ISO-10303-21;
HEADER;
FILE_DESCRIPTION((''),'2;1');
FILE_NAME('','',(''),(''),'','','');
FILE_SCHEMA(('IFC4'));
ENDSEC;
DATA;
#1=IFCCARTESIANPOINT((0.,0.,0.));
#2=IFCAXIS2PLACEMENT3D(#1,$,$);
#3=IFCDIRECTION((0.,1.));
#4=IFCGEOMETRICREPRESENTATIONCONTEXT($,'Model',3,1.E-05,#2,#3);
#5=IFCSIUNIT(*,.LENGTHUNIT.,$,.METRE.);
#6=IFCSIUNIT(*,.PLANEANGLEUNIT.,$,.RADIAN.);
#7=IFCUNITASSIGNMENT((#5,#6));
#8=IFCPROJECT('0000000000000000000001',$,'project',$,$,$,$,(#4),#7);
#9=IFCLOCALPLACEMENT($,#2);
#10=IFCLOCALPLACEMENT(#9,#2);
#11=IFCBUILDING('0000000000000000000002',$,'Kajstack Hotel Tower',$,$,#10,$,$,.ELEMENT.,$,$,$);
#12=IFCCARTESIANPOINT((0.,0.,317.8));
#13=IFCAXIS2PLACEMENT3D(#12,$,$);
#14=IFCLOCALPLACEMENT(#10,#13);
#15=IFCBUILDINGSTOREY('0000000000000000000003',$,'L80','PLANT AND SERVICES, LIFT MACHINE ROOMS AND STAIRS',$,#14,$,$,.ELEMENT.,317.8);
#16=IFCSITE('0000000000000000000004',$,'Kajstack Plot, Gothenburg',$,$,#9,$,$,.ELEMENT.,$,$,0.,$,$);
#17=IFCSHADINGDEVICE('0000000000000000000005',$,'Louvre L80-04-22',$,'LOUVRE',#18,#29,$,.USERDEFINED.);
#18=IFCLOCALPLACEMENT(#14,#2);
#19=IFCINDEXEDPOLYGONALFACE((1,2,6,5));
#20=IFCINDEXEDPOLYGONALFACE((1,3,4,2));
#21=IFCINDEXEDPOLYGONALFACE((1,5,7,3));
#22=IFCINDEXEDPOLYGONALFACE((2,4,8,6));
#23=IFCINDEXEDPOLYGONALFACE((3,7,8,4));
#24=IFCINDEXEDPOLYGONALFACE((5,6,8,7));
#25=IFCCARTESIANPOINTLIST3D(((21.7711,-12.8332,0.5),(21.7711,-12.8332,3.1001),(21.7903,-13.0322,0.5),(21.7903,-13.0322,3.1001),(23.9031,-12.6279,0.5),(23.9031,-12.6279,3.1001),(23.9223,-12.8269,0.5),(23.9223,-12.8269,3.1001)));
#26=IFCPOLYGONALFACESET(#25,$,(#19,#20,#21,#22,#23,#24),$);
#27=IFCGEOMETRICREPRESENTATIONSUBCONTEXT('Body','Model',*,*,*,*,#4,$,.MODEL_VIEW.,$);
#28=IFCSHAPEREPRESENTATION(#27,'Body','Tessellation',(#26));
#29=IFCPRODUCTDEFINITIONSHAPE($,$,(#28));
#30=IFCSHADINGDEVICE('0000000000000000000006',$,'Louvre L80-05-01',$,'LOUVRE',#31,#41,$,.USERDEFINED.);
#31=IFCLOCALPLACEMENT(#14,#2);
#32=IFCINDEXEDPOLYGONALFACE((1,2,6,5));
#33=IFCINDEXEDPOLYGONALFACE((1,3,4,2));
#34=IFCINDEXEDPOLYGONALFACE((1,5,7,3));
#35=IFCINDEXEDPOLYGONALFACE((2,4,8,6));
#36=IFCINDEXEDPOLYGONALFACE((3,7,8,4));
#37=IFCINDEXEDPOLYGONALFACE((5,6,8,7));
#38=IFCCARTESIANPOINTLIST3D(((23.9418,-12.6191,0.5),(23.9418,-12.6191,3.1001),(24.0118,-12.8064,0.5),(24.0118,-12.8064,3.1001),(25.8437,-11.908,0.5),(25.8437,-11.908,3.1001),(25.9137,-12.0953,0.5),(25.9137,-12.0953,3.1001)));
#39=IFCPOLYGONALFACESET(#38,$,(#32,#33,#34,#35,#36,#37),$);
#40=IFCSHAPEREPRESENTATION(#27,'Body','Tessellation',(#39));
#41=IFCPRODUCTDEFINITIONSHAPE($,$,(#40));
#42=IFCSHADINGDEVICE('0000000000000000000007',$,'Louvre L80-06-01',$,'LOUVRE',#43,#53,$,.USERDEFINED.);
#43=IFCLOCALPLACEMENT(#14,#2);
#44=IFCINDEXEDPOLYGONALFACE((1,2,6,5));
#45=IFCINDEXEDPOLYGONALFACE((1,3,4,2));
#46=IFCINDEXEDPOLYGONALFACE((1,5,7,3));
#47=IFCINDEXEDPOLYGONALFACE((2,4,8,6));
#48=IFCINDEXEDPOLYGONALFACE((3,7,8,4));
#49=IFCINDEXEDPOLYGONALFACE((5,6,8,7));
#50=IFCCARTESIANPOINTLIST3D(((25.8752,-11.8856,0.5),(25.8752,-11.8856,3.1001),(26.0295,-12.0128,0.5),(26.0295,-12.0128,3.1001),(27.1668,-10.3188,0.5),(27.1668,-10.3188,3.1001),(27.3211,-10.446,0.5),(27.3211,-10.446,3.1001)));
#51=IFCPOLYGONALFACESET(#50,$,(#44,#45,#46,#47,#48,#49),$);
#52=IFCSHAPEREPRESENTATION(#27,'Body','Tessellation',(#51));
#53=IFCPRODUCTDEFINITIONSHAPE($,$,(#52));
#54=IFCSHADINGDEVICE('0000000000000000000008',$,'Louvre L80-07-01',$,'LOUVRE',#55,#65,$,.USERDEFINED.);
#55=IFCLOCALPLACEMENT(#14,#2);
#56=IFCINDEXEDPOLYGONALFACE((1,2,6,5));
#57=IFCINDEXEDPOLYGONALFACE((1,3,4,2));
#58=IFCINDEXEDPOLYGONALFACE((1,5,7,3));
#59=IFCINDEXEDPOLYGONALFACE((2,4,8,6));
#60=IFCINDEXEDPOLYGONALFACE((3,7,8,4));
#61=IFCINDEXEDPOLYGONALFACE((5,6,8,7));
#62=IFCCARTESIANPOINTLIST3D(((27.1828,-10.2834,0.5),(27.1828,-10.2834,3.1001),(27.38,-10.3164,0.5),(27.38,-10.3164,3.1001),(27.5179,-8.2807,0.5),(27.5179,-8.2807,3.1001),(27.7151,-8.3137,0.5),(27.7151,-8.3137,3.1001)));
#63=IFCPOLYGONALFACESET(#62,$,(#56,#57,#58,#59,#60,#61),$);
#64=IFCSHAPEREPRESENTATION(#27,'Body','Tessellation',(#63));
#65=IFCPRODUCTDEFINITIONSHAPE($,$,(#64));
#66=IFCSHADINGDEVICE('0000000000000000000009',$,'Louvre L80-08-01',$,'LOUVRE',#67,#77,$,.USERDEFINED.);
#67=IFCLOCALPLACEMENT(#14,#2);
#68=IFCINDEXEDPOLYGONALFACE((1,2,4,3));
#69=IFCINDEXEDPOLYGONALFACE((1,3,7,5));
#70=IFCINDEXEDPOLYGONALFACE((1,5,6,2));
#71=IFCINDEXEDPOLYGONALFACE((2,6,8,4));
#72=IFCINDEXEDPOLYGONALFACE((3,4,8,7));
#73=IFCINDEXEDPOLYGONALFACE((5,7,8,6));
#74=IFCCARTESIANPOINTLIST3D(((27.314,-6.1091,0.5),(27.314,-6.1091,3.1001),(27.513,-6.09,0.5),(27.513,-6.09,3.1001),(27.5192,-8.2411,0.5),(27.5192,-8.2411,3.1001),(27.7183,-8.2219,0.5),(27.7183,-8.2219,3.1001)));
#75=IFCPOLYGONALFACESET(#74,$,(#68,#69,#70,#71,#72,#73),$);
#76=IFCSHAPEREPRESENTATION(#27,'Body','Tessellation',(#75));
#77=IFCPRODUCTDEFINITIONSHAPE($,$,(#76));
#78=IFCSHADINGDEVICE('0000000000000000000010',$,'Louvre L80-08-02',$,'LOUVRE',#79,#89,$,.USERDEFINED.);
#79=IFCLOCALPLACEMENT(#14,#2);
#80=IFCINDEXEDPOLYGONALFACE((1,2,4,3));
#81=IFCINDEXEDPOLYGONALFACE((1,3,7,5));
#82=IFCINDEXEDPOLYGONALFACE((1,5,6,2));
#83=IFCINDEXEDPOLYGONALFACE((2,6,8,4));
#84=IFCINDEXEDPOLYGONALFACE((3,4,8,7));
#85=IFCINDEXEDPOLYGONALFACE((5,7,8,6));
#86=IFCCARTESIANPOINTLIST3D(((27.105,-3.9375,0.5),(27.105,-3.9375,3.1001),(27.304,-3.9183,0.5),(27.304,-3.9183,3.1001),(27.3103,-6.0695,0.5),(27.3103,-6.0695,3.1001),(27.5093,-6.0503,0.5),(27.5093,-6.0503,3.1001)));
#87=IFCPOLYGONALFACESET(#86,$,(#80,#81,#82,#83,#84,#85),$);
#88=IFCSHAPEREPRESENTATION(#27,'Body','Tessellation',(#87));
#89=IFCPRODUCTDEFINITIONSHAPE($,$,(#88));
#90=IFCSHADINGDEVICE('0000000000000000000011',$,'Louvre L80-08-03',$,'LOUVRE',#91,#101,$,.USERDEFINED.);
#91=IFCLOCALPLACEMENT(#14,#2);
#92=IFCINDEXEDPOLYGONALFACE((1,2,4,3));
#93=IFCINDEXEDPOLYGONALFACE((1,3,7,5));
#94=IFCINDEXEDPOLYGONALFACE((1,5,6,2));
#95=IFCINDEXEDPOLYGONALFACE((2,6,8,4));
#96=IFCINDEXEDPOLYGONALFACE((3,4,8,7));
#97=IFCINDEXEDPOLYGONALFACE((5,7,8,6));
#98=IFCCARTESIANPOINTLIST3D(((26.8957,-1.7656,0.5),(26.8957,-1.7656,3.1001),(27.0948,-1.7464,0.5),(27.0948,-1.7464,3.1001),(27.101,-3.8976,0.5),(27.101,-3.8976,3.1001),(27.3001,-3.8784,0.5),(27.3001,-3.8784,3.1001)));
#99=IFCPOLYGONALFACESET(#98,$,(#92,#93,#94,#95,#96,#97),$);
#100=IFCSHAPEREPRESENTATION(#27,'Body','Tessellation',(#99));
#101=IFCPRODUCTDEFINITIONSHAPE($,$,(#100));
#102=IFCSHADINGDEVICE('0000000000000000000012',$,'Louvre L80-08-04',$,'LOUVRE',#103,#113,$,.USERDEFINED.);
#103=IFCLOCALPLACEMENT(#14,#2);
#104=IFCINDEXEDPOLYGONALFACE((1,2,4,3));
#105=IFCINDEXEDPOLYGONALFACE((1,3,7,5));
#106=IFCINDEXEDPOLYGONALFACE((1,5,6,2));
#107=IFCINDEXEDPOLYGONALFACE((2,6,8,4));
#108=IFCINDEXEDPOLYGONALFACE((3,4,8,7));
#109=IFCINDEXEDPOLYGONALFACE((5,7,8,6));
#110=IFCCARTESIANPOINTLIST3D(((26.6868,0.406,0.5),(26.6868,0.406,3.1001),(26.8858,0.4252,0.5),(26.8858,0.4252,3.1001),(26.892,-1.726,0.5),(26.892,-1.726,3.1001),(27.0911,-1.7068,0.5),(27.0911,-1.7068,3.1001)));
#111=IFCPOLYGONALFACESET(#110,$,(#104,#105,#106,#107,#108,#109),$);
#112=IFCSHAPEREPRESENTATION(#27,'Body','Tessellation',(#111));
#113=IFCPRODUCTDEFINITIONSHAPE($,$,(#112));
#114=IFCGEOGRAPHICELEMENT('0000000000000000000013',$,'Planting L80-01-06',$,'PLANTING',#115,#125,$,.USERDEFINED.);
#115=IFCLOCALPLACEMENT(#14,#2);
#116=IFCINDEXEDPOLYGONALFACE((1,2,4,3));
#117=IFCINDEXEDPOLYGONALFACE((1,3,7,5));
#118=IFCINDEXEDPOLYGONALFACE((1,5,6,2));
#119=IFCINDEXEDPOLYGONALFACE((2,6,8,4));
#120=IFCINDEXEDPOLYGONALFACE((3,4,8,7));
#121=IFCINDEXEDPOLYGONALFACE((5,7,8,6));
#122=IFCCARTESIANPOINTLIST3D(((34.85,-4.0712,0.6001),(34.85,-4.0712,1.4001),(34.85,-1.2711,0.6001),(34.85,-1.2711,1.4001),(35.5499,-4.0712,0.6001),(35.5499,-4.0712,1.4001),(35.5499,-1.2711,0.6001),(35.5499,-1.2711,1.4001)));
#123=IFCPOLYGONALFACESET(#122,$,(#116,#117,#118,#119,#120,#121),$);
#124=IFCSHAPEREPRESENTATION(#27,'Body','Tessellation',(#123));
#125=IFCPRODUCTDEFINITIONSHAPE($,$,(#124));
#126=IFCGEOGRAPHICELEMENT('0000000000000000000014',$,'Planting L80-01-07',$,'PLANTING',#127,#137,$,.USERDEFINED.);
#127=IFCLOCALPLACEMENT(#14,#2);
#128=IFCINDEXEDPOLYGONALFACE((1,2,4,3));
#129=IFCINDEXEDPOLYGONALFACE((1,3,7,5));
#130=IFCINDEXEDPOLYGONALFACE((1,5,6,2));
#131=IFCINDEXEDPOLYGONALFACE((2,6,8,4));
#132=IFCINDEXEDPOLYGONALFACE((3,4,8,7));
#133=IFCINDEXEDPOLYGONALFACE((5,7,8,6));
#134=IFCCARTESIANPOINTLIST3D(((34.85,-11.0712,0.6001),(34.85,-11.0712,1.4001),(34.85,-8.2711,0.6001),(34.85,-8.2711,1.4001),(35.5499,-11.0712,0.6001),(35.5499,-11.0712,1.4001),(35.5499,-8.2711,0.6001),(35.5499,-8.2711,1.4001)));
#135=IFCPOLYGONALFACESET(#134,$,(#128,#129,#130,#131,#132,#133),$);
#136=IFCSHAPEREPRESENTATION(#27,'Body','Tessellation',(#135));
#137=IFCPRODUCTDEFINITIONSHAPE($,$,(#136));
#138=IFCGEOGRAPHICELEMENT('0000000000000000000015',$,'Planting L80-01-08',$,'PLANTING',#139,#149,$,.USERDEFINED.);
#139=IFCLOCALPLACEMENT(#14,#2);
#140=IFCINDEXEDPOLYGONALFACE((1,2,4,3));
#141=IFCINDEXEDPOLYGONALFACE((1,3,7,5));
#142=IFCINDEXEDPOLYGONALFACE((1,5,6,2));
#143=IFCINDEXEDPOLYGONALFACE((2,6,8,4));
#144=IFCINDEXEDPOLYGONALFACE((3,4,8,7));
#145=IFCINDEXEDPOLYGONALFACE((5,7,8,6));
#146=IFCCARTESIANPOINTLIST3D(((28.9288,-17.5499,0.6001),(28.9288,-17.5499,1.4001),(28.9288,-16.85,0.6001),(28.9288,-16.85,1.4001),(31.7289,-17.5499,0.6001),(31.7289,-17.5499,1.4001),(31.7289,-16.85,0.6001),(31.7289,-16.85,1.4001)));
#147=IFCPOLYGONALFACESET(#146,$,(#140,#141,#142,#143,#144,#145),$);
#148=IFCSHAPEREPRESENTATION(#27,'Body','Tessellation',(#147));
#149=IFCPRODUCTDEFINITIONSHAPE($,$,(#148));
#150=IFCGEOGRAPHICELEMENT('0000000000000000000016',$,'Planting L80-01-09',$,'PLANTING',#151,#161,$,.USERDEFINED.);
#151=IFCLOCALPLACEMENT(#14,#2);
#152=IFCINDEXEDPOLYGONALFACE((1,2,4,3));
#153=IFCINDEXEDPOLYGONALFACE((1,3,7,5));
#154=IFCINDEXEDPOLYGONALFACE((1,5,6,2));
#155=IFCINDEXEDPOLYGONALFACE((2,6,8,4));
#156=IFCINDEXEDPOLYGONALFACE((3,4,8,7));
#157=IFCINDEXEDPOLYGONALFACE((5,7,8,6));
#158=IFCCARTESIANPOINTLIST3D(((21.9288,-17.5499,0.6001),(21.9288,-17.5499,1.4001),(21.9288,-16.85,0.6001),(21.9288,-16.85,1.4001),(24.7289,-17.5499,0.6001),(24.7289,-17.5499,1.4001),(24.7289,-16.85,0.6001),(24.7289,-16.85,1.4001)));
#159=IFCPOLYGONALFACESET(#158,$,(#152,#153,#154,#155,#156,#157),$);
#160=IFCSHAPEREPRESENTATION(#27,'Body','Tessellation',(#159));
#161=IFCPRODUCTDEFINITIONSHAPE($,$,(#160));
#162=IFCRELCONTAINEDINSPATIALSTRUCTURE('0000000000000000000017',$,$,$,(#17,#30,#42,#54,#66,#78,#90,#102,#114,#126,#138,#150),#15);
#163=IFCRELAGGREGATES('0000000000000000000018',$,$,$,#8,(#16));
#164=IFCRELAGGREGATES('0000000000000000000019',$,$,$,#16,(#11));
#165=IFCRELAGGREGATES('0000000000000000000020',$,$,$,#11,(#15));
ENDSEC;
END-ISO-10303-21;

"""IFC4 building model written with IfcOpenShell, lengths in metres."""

from ifc_helpers import new_model, si_unit, direction, frame, origin, origin_2d, place, context, subcontext, project, spatial, rectangle, extrude, element, save


model = new_model("IFC4")

# Units and contexts
model_context = context("Model", 3, precision=1e-05, world=origin(), true_north=direction((0.0, 1.0)))
body_context = subcontext(model_context, "Body", "Model", "MODEL_VIEW")
ifc_project = project(units=[si_unit("LENGTHUNIT", "METRE"), si_unit("PLANEANGLEUNIT", "RADIAN")], contexts=[model_context])

# Site, building, storey
site_placement = place(None, origin())
site = spatial("IfcSite", under=ifc_project, at=site_placement, Name="Kajstack Plot, Gothenburg", CompositionType="ELEMENT", RefElevation=0.0)
building_placement = place(site_placement, origin())
building = spatial("IfcBuilding", under=site, at=building_placement, Name="Kajstack Hotel Tower", CompositionType="ELEMENT")
storey_placement = place(building_placement, frame((0.0, 0.0, 317.8)))
storey = spatial("IfcBuildingStorey", under=building, at=storey_placement, Name="L80", Description="PLANT AND SERVICES, LIFT MACHINE ROOMS AND STAIRS", CompositionType="ELEMENT", Elevation=317.8)

# Shading devices
for number, where, z_axis, x_axis, name in (
    (1, (22.8467, -12.8301, 0.5), (0.0, 0.0, 1.0), (0.995396, 0.095846, 0.0), "Louvre L80-04-22"),
):
    element("IfcShadingDevice", number, at=place(storey_placement, frame(where, z_axis=z_axis, x_axis=x_axis)), inside=storey, Name=name, ObjectType="LOUVRE", PredefinedType="USERDEFINED", context=body_context, shape_type="SweptSolid", body=[
        extrude(rectangle(XDim=2.1418, YDim=0.2, at=origin_2d()), origin(), (0.0, 0.0, 1.0), 2.6001),
    ])
for number, where, z_axis, x_axis, name in (
    (2, (24.9277, -12.3572, 0.5), (0.0, 0.0, 1.0), (0.93668, 0.350186, 0.0), "Louvre L80-05-01"),
    (3, (26.5981, -11.1658, 0.5), (0.0, 0.0, 1.0), (0.636066, 0.771635, 0.0), "Louvre L80-06-01"),
    (4, (27.449, -9.2986, 0.5), (0.0, 0.0, 1.0), (0.165033, 0.986288, 0.0), "Louvre L80-07-01"),
):
    element("IfcShadingDevice", number, at=place(storey_placement, frame(where, z_axis=z_axis, x_axis=x_axis)), inside=storey, Name=name, ObjectType="LOUVRE", PredefinedType="USERDEFINED", context=body_context, shape_type="SweptSolid", body=[
        extrude(rectangle(XDim=2.0305, YDim=0.2, at=origin_2d()), origin(), (0.0, 0.0, 1.0), 2.6001),
    ])
for number, where, z_axis, x_axis, name in (
    (5, (27.5161, -7.1655, 0.5), (0.0, 0.0, 1.0), (-0.095846, 0.995396, 0.0), "Louvre L80-08-01"),
    (6, (27.3071, -4.9939, 0.5), (0.0, 0.0, 1.0), (-0.095846, 0.995396, 0.0), "Louvre L80-08-02"),
    (7, (27.0979, -2.822, 0.5), (0.0, 0.0, 1.0), (-0.095846, 0.995396, 0.0), "Louvre L80-08-03"),
    (8, (26.8889, -0.6504, 0.5), (0.0, 0.0, 1.0), (-0.095846, 0.995396, 0.0), "Louvre L80-08-04"),
):
    element("IfcShadingDevice", number, at=place(storey_placement, frame(where, z_axis=z_axis, x_axis=x_axis)), inside=storey, Name=name, ObjectType="LOUVRE", PredefinedType="USERDEFINED", context=body_context, shape_type="SweptSolid", body=[
        extrude(rectangle(XDim=2.1418, YDim=0.2, at=origin_2d()), origin(), (0.0, 0.0, 1.0), 2.6001),
    ])

# Geographic elements
for number, where, z_axis, x_axis, name in (
    (9, (35.2, -2.6711, 0.6001), (0.0, 0.0, 1.0), (0.0, -1.0, 0.0), "Planting L80-01-06"),
    (10, (35.2, -9.6711, 0.6001), (0.0, 0.0, 1.0), (0.0, -1.0, 0.0), "Planting L80-01-07"),
    (11, (30.3289, -17.2, 0.6001), (0.0, 0.0, 1.0), (-1.0, 0.0, 0.0), "Planting L80-01-08"),
    (12, (23.3289, -17.2, 0.6001), (0.0, 0.0, 1.0), (-1.0, 0.0, 0.0), "Planting L80-01-09"),
):
    element("IfcGeographicElement", number, at=place(storey_placement, frame(where, z_axis=z_axis, x_axis=x_axis)), inside=storey, Name=name, ObjectType="PLANTING", PredefinedType="USERDEFINED", context=body_context, shape_type="SweptSolid", body=[
        extrude(rectangle(XDim=2.8, YDim=0.7, at=origin_2d()), origin(), (0.0, 0.0, 1.0), 0.8),
    ])

save(model, "model.ifc")
